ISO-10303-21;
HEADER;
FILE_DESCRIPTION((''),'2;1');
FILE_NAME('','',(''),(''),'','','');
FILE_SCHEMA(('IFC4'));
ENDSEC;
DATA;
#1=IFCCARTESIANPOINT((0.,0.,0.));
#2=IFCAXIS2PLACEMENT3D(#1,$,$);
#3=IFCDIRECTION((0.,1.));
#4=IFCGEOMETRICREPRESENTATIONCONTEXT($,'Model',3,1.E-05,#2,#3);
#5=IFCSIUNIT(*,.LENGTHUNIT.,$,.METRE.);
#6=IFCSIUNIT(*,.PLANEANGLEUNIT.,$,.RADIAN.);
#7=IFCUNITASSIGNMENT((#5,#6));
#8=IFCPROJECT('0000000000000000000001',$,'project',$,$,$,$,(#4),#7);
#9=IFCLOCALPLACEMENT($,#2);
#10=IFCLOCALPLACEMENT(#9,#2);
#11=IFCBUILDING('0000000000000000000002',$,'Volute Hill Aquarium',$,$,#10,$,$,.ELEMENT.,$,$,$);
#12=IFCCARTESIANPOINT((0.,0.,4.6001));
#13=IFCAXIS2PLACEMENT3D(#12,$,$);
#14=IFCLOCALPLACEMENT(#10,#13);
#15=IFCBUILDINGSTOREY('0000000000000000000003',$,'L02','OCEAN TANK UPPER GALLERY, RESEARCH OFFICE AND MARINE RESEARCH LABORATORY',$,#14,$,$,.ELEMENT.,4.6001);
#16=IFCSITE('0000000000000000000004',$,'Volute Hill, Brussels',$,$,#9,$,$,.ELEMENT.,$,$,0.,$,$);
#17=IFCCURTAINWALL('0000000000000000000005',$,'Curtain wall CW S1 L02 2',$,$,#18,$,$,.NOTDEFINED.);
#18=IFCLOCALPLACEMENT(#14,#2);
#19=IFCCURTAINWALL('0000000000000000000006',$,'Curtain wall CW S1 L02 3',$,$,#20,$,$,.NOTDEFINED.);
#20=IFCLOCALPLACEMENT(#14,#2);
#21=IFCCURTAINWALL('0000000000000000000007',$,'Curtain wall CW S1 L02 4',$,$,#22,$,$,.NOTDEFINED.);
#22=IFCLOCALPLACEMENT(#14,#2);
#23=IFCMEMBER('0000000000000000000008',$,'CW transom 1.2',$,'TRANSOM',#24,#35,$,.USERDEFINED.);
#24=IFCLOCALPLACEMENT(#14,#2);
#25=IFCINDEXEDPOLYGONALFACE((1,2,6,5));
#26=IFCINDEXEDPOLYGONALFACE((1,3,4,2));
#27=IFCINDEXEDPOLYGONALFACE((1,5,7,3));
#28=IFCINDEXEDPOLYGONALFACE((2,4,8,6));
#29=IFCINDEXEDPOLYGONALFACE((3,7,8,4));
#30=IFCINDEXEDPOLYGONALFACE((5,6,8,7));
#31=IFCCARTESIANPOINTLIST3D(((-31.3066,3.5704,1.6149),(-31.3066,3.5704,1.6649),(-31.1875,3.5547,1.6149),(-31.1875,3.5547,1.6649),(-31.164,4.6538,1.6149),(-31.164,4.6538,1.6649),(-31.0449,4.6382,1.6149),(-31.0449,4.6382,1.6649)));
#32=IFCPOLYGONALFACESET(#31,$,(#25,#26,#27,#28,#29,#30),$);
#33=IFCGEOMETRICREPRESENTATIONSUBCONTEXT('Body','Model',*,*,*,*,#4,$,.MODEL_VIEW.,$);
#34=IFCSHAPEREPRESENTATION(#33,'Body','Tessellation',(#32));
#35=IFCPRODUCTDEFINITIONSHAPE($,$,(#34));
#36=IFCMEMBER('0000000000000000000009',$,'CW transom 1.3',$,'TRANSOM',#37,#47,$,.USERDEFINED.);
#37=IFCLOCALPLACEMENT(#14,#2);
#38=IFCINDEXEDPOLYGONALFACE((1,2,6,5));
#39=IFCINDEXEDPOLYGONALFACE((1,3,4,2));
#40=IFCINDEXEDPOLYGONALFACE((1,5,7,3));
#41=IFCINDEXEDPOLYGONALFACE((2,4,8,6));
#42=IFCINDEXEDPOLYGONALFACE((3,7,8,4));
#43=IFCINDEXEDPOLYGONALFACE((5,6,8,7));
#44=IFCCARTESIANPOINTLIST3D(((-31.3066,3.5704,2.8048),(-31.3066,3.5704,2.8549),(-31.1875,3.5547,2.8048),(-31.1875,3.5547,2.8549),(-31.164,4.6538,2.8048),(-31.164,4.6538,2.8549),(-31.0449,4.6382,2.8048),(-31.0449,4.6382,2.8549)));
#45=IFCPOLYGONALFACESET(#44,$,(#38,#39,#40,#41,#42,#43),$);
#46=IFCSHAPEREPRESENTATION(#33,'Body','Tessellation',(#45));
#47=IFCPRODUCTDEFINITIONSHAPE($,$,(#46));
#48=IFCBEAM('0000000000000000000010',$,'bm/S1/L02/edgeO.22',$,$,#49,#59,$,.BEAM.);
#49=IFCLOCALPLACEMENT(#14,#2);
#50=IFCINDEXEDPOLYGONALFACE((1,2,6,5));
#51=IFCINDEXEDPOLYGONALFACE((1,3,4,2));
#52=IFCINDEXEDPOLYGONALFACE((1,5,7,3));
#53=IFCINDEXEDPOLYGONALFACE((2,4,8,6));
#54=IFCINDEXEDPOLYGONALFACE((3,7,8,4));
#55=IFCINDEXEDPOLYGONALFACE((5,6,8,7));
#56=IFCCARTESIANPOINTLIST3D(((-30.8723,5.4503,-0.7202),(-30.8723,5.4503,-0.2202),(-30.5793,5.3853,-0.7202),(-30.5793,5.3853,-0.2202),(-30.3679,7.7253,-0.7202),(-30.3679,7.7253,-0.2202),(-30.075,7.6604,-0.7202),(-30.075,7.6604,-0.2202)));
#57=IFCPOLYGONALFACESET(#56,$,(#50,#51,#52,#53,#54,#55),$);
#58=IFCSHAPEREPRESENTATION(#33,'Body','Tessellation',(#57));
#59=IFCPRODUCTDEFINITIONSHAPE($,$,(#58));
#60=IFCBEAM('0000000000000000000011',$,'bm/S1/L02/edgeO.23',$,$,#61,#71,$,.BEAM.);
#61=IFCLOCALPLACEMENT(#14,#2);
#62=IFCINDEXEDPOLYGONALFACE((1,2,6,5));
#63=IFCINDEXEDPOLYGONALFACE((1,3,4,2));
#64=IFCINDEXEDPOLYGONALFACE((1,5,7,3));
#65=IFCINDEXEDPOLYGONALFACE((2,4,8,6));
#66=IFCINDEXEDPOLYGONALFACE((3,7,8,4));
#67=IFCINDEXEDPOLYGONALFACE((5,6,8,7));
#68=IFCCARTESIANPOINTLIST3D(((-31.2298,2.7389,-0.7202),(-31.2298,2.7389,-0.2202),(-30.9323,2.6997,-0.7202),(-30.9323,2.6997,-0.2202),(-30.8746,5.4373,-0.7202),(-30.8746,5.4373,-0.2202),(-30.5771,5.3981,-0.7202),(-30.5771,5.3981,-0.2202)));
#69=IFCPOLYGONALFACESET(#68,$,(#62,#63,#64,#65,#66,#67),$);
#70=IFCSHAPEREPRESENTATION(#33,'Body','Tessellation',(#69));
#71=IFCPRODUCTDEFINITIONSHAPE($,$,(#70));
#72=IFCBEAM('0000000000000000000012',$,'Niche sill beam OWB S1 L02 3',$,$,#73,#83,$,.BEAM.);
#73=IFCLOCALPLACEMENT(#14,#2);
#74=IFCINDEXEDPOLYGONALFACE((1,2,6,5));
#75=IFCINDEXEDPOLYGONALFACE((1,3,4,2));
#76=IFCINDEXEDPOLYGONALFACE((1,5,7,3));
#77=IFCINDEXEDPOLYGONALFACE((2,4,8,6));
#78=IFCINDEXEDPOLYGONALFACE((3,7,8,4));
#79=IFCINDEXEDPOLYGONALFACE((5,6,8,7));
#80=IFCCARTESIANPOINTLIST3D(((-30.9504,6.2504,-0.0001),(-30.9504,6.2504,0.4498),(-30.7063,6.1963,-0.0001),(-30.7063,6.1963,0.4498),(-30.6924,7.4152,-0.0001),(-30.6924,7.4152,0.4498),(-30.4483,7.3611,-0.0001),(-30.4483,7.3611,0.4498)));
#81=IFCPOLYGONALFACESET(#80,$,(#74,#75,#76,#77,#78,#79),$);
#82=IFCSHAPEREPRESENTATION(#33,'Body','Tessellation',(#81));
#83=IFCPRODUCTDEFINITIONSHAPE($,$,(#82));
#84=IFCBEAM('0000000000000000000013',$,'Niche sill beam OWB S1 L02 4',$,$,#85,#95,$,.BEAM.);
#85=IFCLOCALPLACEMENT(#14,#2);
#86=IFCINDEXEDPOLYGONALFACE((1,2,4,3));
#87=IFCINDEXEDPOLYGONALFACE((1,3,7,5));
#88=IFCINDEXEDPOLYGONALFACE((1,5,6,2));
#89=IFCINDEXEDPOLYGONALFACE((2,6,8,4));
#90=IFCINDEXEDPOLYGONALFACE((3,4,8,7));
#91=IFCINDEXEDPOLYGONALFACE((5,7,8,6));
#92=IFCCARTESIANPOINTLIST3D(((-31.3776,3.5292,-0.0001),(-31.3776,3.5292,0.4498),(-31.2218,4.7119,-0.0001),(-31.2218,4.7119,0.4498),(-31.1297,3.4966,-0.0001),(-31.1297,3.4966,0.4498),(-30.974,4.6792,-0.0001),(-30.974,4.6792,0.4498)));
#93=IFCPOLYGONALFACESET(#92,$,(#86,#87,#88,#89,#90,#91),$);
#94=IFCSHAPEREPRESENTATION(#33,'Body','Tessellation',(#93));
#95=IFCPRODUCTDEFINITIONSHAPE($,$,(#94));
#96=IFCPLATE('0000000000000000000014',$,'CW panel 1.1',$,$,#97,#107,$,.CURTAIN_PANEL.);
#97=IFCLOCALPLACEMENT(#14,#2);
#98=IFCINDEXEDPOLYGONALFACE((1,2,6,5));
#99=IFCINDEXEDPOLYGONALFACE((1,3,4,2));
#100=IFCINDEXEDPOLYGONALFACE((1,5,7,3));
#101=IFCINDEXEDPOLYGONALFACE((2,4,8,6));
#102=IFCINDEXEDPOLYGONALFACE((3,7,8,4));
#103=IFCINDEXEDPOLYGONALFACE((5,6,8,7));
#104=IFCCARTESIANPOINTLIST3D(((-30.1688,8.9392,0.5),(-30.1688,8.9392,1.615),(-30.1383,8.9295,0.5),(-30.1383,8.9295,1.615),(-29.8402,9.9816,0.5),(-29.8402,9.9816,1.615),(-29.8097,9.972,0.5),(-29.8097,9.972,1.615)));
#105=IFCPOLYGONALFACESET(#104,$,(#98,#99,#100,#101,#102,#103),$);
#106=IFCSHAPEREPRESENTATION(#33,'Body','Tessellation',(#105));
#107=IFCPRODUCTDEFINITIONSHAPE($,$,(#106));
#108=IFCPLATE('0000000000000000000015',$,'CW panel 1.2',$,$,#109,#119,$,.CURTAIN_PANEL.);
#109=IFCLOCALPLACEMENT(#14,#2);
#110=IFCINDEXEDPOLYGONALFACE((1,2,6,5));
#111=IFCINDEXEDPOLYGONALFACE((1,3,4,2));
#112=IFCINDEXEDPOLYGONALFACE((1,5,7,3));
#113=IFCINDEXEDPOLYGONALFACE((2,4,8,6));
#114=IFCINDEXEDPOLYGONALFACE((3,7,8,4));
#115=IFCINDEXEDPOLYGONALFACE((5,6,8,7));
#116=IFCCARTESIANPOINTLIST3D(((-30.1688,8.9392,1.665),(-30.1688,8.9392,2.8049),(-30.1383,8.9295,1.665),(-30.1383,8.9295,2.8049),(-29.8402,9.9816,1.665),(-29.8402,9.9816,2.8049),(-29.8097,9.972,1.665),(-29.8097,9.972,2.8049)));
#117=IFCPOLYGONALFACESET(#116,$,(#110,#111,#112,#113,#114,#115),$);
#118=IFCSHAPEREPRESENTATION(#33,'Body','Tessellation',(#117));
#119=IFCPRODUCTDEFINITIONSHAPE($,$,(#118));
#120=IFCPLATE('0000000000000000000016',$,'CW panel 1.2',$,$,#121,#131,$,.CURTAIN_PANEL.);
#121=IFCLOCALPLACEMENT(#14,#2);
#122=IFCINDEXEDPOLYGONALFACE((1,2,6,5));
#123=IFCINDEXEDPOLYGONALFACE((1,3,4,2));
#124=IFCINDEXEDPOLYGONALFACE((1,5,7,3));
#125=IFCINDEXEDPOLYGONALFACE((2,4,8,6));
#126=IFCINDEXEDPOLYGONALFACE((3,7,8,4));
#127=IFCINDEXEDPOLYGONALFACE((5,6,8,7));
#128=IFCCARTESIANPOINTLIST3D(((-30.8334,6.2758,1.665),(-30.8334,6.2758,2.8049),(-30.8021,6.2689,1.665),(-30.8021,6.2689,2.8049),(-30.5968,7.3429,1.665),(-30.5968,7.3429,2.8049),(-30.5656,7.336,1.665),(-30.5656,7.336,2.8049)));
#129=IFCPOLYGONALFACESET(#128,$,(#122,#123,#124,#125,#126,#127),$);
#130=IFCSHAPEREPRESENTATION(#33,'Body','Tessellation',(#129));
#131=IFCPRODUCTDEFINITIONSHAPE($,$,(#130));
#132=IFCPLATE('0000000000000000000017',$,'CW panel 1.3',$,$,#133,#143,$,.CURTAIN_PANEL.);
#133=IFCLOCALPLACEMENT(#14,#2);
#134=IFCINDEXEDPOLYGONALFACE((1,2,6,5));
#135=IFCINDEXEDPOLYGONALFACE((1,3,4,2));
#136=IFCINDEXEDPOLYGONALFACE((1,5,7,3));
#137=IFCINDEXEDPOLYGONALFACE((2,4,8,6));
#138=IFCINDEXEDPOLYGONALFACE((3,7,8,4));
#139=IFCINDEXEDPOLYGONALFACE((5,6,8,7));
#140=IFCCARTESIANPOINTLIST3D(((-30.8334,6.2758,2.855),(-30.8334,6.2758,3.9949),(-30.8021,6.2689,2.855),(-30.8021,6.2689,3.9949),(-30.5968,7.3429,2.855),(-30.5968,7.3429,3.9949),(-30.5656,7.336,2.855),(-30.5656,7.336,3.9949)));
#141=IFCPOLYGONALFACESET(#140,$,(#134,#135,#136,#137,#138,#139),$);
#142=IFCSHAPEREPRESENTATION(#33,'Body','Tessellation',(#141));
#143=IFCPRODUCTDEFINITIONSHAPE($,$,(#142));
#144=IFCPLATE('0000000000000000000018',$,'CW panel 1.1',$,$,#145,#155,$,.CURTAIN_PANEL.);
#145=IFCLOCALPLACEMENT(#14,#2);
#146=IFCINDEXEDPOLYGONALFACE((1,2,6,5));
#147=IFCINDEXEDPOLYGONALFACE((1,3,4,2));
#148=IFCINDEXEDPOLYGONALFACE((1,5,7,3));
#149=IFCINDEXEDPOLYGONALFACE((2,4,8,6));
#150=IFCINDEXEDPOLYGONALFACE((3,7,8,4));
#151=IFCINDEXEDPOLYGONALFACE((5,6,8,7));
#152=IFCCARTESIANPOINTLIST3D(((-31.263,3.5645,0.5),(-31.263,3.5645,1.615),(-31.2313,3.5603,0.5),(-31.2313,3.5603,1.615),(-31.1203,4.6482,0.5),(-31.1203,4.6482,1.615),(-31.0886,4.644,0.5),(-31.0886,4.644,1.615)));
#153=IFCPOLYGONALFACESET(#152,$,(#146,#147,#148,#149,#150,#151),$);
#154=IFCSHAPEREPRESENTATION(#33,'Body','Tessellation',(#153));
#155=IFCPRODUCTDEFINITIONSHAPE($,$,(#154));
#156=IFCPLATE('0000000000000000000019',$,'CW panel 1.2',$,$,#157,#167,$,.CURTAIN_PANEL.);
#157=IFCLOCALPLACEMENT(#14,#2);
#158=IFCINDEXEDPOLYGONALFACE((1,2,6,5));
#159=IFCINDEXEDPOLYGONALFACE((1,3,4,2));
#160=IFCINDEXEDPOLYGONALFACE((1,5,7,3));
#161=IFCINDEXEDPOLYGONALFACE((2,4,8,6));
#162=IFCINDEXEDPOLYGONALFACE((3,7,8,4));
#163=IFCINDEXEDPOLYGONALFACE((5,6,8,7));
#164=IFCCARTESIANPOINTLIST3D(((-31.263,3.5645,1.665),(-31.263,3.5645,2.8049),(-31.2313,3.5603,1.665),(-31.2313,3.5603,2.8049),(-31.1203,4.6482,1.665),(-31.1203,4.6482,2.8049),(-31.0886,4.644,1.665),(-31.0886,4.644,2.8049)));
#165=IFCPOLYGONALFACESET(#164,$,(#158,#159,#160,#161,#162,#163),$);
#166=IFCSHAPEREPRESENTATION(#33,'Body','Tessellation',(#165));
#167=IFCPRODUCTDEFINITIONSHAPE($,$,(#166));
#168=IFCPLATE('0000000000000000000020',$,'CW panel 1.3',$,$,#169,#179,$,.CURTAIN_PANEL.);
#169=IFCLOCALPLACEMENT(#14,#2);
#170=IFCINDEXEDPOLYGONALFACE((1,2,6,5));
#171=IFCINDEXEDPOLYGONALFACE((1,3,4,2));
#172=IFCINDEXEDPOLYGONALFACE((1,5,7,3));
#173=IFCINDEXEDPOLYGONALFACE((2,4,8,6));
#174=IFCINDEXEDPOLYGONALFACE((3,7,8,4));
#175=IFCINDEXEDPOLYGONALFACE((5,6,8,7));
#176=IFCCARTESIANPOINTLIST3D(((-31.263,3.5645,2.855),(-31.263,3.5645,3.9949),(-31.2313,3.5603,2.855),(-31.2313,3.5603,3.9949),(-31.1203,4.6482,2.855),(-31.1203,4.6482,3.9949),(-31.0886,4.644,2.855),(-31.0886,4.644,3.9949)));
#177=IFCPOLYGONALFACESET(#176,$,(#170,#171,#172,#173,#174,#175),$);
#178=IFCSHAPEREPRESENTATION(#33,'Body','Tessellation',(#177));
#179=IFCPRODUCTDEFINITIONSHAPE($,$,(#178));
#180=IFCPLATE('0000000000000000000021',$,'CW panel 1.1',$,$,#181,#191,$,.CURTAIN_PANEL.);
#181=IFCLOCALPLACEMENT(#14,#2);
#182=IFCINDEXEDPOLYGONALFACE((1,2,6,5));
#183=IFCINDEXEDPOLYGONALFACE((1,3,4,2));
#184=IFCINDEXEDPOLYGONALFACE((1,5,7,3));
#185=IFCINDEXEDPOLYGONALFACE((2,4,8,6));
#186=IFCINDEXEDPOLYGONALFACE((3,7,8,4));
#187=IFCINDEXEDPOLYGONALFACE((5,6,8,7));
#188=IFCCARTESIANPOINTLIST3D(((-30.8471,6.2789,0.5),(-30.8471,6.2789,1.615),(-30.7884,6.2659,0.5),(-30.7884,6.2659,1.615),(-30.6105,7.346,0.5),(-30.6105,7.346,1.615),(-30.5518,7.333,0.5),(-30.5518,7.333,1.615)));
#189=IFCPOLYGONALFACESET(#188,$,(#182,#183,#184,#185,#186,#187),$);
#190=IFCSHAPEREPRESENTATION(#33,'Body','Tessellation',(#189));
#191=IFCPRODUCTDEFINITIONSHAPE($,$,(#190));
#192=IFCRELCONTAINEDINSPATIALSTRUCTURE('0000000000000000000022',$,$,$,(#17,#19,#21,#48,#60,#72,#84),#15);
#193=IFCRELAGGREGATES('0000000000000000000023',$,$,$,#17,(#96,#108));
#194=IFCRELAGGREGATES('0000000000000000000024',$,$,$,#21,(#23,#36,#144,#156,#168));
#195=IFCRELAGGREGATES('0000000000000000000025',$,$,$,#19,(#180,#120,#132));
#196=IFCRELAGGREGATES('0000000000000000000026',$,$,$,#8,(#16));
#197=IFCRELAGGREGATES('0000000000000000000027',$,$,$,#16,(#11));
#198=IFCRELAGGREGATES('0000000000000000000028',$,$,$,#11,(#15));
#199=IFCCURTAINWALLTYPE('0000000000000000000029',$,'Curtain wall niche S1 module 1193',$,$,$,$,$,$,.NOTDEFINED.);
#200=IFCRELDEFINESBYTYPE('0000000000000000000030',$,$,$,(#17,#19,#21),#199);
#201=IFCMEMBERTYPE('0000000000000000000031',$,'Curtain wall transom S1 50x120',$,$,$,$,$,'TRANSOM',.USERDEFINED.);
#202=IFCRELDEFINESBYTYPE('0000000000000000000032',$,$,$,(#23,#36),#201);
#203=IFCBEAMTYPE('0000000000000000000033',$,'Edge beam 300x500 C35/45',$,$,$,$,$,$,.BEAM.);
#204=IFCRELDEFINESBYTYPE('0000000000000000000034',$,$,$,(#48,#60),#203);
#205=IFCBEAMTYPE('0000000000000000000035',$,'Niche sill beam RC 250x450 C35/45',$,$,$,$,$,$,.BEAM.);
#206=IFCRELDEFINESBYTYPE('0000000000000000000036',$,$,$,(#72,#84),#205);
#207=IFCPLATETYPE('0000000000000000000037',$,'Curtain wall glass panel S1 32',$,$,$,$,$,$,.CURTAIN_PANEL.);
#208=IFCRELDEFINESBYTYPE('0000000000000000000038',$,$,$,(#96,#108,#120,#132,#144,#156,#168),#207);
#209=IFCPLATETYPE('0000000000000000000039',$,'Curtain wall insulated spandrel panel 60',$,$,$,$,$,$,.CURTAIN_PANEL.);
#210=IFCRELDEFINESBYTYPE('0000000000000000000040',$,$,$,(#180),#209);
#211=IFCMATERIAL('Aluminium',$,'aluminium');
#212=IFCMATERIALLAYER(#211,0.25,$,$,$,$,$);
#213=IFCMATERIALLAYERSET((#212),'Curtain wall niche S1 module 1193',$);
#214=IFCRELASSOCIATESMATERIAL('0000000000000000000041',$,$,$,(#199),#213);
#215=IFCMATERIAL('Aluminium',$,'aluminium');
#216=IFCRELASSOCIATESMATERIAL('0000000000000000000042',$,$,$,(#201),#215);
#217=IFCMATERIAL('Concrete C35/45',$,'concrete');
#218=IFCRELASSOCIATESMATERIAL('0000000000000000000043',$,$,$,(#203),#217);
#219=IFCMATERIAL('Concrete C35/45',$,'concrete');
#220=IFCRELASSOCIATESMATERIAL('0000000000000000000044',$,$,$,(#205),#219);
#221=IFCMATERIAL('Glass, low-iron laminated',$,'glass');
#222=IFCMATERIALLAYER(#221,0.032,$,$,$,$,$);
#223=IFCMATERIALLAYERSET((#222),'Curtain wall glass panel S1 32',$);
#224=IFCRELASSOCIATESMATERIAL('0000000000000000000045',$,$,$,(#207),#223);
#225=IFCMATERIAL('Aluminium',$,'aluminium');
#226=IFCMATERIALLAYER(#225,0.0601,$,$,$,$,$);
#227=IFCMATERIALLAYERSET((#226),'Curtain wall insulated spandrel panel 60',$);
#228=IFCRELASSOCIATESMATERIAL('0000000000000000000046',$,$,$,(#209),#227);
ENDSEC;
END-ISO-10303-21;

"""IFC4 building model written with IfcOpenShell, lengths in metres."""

from ifc_helpers import new_model, si_unit, direction, frame, origin, origin_2d, place, context, subcontext, project, spatial, rectangle, extrude, material, layer, layer_set, material_profile, profile_set, type_object, element, aggregate, save


model = new_model("IFC4")

# Units and contexts
model_context = context("Model", 3, precision=1e-05, world=origin(), true_north=direction((0.0, 1.0)))
body_context = subcontext(model_context, "Body", "Model", "MODEL_VIEW")
ifc_project = project(units=[si_unit("LENGTHUNIT", "METRE"), si_unit("PLANEANGLEUNIT", "RADIAN")], contexts=[model_context])

# Site, building, storey
site_placement = place(None, origin())
site = spatial("IfcSite", under=ifc_project, at=site_placement, Name="Volute Hill, Brussels", CompositionType="ELEMENT", RefElevation=0.0)
building_placement = place(site_placement, origin())
building = spatial("IfcBuilding", under=site, at=building_placement, Name="Volute Hill Aquarium", CompositionType="ELEMENT")
storey_placement = place(building_placement, frame((0.0, 0.0, 4.6001)))
storey = spatial("IfcBuildingStorey", under=building, at=storey_placement, Name="L02", Description="OCEAN TANK UPPER GALLERY, RESEARCH OFFICE AND MARINE RESEARCH LABORATORY", CompositionType="ELEMENT", Elevation=4.6001)

# Curtain walls
ifc_material_1 = material(Name="Aluminium", Category="aluminium")
ifc_layer_1 = layer(ifc_material_1, 0.25)
ifc_layer_set_1 = layer_set([ifc_layer_1], Name="Curtain wall niche S1 module 1193")
curtain_wall_type = type_object("IfcCurtainWallType", Name="Curtain wall niche S1 module 1193", PredefinedType="NOTDEFINED", material=ifc_layer_set_1)
curtain_wall_1_placement = place(storey_placement, origin())
curtain_wall_1 = element("IfcCurtainWall", 1, at=curtain_wall_1_placement, inside=storey, type_object=curtain_wall_type, Name="Curtain wall CW S1 L02 2", PredefinedType="NOTDEFINED")
curtain_wall_2_placement = place(storey_placement, origin())
curtain_wall_2 = element("IfcCurtainWall", 2, at=curtain_wall_2_placement, inside=storey, type_object=curtain_wall_type, Name="Curtain wall CW S1 L02 3", PredefinedType="NOTDEFINED")
curtain_wall_3_placement = place(storey_placement, origin())
curtain_wall_3 = element("IfcCurtainWall", 3, at=curtain_wall_3_placement, inside=storey, type_object=curtain_wall_type, Name="Curtain wall CW S1 L02 4", PredefinedType="NOTDEFINED")

# Members
ifc_material_2 = material(Name="Aluminium", Category="aluminium")
ifc_material_profile_1 = material_profile(ifc_material_2, rectangle(XDim=0.1201, YDim=0.05, at=origin_2d()), Name="Curtain wall transom S1 50x120")
ifc_profile_set_1 = profile_set([ifc_material_profile_1], Name="Aluminium")
member_type_1 = type_object("IfcMemberType", Name="Curtain wall transom S1 50x120", ElementType="TRANSOM", PredefinedType="USERDEFINED", material=ifc_profile_set_1)
member_1_placement = place(storey_placement, frame((-31.1045, 4.646, 1.6399), z_axis=(-0.130466, -0.991453, 0.0), x_axis=(0.991453, -0.130466, 0.0)))
member_1 = element("IfcMember", 4, at=member_1_placement, type_object=member_type_1, Name="CW transom 1.2", ObjectType="TRANSOM", PredefinedType="USERDEFINED", context=body_context, shape_type="SweptSolid", body=[
    extrude(rectangle(XDim=0.1201, YDim=0.05, at=origin_2d()), origin(), (0.0, 0.0, 1.0), 1.0928),
])
member_2_placement = place(storey_placement, frame((-31.1045, 4.646, 2.8298), z_axis=(-0.130466, -0.991453, 0.0), x_axis=(0.991453, -0.130466, 0.0)))
member_2 = element("IfcMember", 5, at=member_2_placement, type_object=member_type_1, Name="CW transom 1.3", ObjectType="TRANSOM", PredefinedType="USERDEFINED", context=body_context, shape_type="SweptSolid", body=[
    extrude(rectangle(XDim=0.1201, YDim=0.05, at=origin_2d()), origin(), (0.0, 0.0, 1.0), 1.0928),
])

# Beams
ifc_material_3 = material(Name="Concrete C35/45", Category="concrete")
ifc_material_profile_2 = material_profile(ifc_material_3, rectangle(XDim=0.3, YDim=0.5, at=origin_2d()), Name="RC edge beam 300x500")
ifc_profile_set_2 = profile_set([ifc_material_profile_2], Name="Concrete C35/45")
beam_type_1 = type_object("IfcBeamType", Name="Edge beam 300x500 C35/45", PredefinedType="BEAM", material=ifc_profile_set_2)
beam_1_placement = place(storey_placement, frame((-30.2214, 7.6929, -0.4702), z_axis=(-0.216442, -0.976295, 0.0), x_axis=(0.976295, -0.216442, 0.0)))
element("IfcBeam", 6, at=beam_1_placement, inside=storey, type_object=beam_type_1, Name="bm/S1/L02/edgeO.22", PredefinedType="BEAM", context=body_context, shape_type="SweptSolid", body=[
    extrude(rectangle(XDim=0.3, YDim=0.5, at=origin_2d()), origin(), (0.0, 0.0, 1.0), 2.3303),
])
beam_2_placement = place(storey_placement, frame((-30.7258, 5.4177, -0.4702), z_axis=(-0.130513, -0.991447, 0.0), x_axis=(0.991447, -0.130513, 0.0)))
element("IfcBeam", 7, at=beam_2_placement, inside=storey, type_object=beam_type_1, Name="bm/S1/L02/edgeO.23", PredefinedType="BEAM", context=body_context, shape_type="SweptSolid", body=[
    extrude(rectangle(XDim=0.3, YDim=0.5, at=origin_2d()), origin(), (0.0, 0.0, 1.0), 2.7217),
])
ifc_material_4 = material(Name="Concrete C35/45", Category="concrete")
ifc_material_profile_3 = material_profile(ifc_material_4, rectangle(XDim=0.25, YDim=0.45, at=origin_2d()), Name="RC beam 250x450")
ifc_profile_set_3 = profile_set([ifc_material_profile_3], Name="Concrete C35/45")
beam_type_2 = type_object("IfcBeamType", Name="Niche sill beam RC 250x450 C35/45", PredefinedType="BEAM", material=ifc_profile_set_3)
beam_3_placement = place(storey_placement, frame((-30.5703, 7.3882, 0.2249), z_axis=(-0.216302, -0.976326, 0.0), x_axis=(0.976326, -0.216302, 0.0)))
element("IfcBeam", 8, at=beam_3_placement, inside=storey, type_object=beam_type_2, Name="Niche sill beam OWB S1 L02 3", PredefinedType="BEAM", context=body_context, shape_type="SweptSolid", body=[
    extrude(rectangle(XDim=0.25, YDim=0.45, at=origin_2d()), origin(), (0.0, 0.0, 1.0), 1.1931),
])
beam_4_placement = place(storey_placement, frame((-31.0979, 4.6956, 0.2249), z_axis=(-0.130582, -0.991438, 0.0), x_axis=(0.991438, -0.130582, 0.0)))
element("IfcBeam", 9, at=beam_4_placement, inside=storey, type_object=beam_type_2, Name="Niche sill beam OWB S1 L02 4", PredefinedType="BEAM", context=body_context, shape_type="SweptSolid", body=[
    extrude(rectangle(XDim=0.25, YDim=0.45, at=origin_2d()), origin(), (0.0, 0.0, 1.0), 1.1929),
])

# Plates
ifc_material_5 = material(Name="Glass, low-iron laminated", Category="glass")
ifc_layer_2 = layer(ifc_material_5, 0.032)
ifc_layer_set_2 = layer_set([ifc_layer_2], Name="Curtain wall glass panel S1 32")
plate_type_1 = type_object("IfcPlateType", Name="Curtain wall glass panel S1 32", PredefinedType="CURTAIN_PANEL", material=ifc_layer_set_2)
plate_1_placement = place(storey_placement, frame((-29.9893, 9.4556, 0.5), z_axis=(0.0, 0.0, 1.0), x_axis=(-0.300702, -0.953718, 0.0)))
plate_1 = element("IfcPlate", 10, at=plate_1_placement, type_object=plate_type_1, Name="CW panel 1.1", PredefinedType="CURTAIN_PANEL", context=body_context, shape_type="SweptSolid", body=[
    extrude(rectangle(XDim=1.093, YDim=0.032, at=origin_2d()), origin(), (0.0, 0.0, 1.0), 1.115),
])
plate_2_placement = place(storey_placement, frame((-29.9893, 9.4556, 1.665), z_axis=(0.0, 0.0, 1.0), x_axis=(-0.300702, -0.953718, 0.0)))
plate_2 = element("IfcPlate", 11, at=plate_2_placement, type_object=plate_type_1, Name="CW panel 1.2", PredefinedType="CURTAIN_PANEL", context=body_context, shape_type="SweptSolid", body=[
    extrude(rectangle(XDim=1.093, YDim=0.032, at=origin_2d()), origin(), (0.0, 0.0, 1.0), 1.1399),
])
aggregate(curtain_wall_1, [plate_1, plate_2])
plate_3_placement = place(storey_placement, frame((-30.6995, 6.8059, 1.665), z_axis=(0.0, 0.0, 1.0), x_axis=(-0.216458, -0.976292, 0.0)))
plate_3 = element("IfcPlate", 12, at=plate_3_placement, type_object=plate_type_1, Name="CW panel 1.2", PredefinedType="CURTAIN_PANEL", context=body_context, shape_type="SweptSolid", body=[
    extrude(rectangle(XDim=1.093, YDim=0.032, at=origin_2d()), origin(), (0.0, 0.0, 1.0), 1.1399),
])
plate_4_placement = place(storey_placement, frame((-30.6995, 6.8059, 2.855), z_axis=(0.0, 0.0, 1.0), x_axis=(-0.216458, -0.976292, 0.0)))
plate_4 = element("IfcPlate", 13, at=plate_4_placement, type_object=plate_type_1, Name="CW panel 1.3", PredefinedType="CURTAIN_PANEL", context=body_context, shape_type="SweptSolid", body=[
    extrude(rectangle(XDim=1.093, YDim=0.032, at=origin_2d()), origin(), (0.0, 0.0, 1.0), 1.1399),
])
plate_5_placement = place(storey_placement, frame((-31.1758, 4.1042, 0.5), z_axis=(0.0, 0.0, 1.0), x_axis=(-0.130532, -0.991444, 0.0)))
plate_5 = element("IfcPlate", 14, at=plate_5_placement, type_object=plate_type_1, Name="CW panel 1.1", PredefinedType="CURTAIN_PANEL", context=body_context, shape_type="SweptSolid", body=[
    extrude(rectangle(XDim=1.093, YDim=0.032, at=origin_2d()), origin(), (0.0, 0.0, 1.0), 1.115),
])
plate_6_placement = place(storey_placement, frame((-31.1758, 4.1042, 1.665), z_axis=(0.0, 0.0, 1.0), x_axis=(-0.130532, -0.991444, 0.0)))
plate_6 = element("IfcPlate", 15, at=plate_6_placement, type_object=plate_type_1, Name="CW panel 1.2", PredefinedType="CURTAIN_PANEL", context=body_context, shape_type="SweptSolid", body=[
    extrude(rectangle(XDim=1.093, YDim=0.032, at=origin_2d()), origin(), (0.0, 0.0, 1.0), 1.1399),
])
plate_7_placement = place(storey_placement, frame((-31.1758, 4.1042, 2.855), z_axis=(0.0, 0.0, 1.0), x_axis=(-0.130532, -0.991444, 0.0)))
plate_7 = element("IfcPlate", 16, at=plate_7_placement, type_object=plate_type_1, Name="CW panel 1.3", PredefinedType="CURTAIN_PANEL", context=body_context, shape_type="SweptSolid", body=[
    extrude(rectangle(XDim=1.093, YDim=0.032, at=origin_2d()), origin(), (0.0, 0.0, 1.0), 1.1399),
])
aggregate(curtain_wall_3, [member_1, member_2, plate_5, plate_6, plate_7])
ifc_material_6 = material(Name="Aluminium", Category="aluminium")
ifc_layer_3 = layer(ifc_material_6, 0.0601)
ifc_layer_set_3 = layer_set([ifc_layer_3], Name="Curtain wall insulated spandrel panel 60")
plate_type_2 = type_object("IfcPlateType", Name="Curtain wall insulated spandrel panel 60", PredefinedType="CURTAIN_PANEL", material=ifc_layer_set_3)
plate_8_placement = place(storey_placement, frame((-30.6995, 6.8059, 0.5), z_axis=(0.0, 0.0, 1.0), x_axis=(-0.216458, -0.976292, 0.0)))
plate_8 = element("IfcPlate", 17, at=plate_8_placement, type_object=plate_type_2, Name="CW panel 1.1", PredefinedType="CURTAIN_PANEL", context=body_context, shape_type="SweptSolid", body=[
    extrude(rectangle(XDim=1.093, YDim=0.0601, at=origin_2d()), origin(), (0.0, 0.0, 1.0), 1.115),
])
aggregate(curtain_wall_2, [plate_8, plate_3, plate_4])

save(model, "model.ifc")
